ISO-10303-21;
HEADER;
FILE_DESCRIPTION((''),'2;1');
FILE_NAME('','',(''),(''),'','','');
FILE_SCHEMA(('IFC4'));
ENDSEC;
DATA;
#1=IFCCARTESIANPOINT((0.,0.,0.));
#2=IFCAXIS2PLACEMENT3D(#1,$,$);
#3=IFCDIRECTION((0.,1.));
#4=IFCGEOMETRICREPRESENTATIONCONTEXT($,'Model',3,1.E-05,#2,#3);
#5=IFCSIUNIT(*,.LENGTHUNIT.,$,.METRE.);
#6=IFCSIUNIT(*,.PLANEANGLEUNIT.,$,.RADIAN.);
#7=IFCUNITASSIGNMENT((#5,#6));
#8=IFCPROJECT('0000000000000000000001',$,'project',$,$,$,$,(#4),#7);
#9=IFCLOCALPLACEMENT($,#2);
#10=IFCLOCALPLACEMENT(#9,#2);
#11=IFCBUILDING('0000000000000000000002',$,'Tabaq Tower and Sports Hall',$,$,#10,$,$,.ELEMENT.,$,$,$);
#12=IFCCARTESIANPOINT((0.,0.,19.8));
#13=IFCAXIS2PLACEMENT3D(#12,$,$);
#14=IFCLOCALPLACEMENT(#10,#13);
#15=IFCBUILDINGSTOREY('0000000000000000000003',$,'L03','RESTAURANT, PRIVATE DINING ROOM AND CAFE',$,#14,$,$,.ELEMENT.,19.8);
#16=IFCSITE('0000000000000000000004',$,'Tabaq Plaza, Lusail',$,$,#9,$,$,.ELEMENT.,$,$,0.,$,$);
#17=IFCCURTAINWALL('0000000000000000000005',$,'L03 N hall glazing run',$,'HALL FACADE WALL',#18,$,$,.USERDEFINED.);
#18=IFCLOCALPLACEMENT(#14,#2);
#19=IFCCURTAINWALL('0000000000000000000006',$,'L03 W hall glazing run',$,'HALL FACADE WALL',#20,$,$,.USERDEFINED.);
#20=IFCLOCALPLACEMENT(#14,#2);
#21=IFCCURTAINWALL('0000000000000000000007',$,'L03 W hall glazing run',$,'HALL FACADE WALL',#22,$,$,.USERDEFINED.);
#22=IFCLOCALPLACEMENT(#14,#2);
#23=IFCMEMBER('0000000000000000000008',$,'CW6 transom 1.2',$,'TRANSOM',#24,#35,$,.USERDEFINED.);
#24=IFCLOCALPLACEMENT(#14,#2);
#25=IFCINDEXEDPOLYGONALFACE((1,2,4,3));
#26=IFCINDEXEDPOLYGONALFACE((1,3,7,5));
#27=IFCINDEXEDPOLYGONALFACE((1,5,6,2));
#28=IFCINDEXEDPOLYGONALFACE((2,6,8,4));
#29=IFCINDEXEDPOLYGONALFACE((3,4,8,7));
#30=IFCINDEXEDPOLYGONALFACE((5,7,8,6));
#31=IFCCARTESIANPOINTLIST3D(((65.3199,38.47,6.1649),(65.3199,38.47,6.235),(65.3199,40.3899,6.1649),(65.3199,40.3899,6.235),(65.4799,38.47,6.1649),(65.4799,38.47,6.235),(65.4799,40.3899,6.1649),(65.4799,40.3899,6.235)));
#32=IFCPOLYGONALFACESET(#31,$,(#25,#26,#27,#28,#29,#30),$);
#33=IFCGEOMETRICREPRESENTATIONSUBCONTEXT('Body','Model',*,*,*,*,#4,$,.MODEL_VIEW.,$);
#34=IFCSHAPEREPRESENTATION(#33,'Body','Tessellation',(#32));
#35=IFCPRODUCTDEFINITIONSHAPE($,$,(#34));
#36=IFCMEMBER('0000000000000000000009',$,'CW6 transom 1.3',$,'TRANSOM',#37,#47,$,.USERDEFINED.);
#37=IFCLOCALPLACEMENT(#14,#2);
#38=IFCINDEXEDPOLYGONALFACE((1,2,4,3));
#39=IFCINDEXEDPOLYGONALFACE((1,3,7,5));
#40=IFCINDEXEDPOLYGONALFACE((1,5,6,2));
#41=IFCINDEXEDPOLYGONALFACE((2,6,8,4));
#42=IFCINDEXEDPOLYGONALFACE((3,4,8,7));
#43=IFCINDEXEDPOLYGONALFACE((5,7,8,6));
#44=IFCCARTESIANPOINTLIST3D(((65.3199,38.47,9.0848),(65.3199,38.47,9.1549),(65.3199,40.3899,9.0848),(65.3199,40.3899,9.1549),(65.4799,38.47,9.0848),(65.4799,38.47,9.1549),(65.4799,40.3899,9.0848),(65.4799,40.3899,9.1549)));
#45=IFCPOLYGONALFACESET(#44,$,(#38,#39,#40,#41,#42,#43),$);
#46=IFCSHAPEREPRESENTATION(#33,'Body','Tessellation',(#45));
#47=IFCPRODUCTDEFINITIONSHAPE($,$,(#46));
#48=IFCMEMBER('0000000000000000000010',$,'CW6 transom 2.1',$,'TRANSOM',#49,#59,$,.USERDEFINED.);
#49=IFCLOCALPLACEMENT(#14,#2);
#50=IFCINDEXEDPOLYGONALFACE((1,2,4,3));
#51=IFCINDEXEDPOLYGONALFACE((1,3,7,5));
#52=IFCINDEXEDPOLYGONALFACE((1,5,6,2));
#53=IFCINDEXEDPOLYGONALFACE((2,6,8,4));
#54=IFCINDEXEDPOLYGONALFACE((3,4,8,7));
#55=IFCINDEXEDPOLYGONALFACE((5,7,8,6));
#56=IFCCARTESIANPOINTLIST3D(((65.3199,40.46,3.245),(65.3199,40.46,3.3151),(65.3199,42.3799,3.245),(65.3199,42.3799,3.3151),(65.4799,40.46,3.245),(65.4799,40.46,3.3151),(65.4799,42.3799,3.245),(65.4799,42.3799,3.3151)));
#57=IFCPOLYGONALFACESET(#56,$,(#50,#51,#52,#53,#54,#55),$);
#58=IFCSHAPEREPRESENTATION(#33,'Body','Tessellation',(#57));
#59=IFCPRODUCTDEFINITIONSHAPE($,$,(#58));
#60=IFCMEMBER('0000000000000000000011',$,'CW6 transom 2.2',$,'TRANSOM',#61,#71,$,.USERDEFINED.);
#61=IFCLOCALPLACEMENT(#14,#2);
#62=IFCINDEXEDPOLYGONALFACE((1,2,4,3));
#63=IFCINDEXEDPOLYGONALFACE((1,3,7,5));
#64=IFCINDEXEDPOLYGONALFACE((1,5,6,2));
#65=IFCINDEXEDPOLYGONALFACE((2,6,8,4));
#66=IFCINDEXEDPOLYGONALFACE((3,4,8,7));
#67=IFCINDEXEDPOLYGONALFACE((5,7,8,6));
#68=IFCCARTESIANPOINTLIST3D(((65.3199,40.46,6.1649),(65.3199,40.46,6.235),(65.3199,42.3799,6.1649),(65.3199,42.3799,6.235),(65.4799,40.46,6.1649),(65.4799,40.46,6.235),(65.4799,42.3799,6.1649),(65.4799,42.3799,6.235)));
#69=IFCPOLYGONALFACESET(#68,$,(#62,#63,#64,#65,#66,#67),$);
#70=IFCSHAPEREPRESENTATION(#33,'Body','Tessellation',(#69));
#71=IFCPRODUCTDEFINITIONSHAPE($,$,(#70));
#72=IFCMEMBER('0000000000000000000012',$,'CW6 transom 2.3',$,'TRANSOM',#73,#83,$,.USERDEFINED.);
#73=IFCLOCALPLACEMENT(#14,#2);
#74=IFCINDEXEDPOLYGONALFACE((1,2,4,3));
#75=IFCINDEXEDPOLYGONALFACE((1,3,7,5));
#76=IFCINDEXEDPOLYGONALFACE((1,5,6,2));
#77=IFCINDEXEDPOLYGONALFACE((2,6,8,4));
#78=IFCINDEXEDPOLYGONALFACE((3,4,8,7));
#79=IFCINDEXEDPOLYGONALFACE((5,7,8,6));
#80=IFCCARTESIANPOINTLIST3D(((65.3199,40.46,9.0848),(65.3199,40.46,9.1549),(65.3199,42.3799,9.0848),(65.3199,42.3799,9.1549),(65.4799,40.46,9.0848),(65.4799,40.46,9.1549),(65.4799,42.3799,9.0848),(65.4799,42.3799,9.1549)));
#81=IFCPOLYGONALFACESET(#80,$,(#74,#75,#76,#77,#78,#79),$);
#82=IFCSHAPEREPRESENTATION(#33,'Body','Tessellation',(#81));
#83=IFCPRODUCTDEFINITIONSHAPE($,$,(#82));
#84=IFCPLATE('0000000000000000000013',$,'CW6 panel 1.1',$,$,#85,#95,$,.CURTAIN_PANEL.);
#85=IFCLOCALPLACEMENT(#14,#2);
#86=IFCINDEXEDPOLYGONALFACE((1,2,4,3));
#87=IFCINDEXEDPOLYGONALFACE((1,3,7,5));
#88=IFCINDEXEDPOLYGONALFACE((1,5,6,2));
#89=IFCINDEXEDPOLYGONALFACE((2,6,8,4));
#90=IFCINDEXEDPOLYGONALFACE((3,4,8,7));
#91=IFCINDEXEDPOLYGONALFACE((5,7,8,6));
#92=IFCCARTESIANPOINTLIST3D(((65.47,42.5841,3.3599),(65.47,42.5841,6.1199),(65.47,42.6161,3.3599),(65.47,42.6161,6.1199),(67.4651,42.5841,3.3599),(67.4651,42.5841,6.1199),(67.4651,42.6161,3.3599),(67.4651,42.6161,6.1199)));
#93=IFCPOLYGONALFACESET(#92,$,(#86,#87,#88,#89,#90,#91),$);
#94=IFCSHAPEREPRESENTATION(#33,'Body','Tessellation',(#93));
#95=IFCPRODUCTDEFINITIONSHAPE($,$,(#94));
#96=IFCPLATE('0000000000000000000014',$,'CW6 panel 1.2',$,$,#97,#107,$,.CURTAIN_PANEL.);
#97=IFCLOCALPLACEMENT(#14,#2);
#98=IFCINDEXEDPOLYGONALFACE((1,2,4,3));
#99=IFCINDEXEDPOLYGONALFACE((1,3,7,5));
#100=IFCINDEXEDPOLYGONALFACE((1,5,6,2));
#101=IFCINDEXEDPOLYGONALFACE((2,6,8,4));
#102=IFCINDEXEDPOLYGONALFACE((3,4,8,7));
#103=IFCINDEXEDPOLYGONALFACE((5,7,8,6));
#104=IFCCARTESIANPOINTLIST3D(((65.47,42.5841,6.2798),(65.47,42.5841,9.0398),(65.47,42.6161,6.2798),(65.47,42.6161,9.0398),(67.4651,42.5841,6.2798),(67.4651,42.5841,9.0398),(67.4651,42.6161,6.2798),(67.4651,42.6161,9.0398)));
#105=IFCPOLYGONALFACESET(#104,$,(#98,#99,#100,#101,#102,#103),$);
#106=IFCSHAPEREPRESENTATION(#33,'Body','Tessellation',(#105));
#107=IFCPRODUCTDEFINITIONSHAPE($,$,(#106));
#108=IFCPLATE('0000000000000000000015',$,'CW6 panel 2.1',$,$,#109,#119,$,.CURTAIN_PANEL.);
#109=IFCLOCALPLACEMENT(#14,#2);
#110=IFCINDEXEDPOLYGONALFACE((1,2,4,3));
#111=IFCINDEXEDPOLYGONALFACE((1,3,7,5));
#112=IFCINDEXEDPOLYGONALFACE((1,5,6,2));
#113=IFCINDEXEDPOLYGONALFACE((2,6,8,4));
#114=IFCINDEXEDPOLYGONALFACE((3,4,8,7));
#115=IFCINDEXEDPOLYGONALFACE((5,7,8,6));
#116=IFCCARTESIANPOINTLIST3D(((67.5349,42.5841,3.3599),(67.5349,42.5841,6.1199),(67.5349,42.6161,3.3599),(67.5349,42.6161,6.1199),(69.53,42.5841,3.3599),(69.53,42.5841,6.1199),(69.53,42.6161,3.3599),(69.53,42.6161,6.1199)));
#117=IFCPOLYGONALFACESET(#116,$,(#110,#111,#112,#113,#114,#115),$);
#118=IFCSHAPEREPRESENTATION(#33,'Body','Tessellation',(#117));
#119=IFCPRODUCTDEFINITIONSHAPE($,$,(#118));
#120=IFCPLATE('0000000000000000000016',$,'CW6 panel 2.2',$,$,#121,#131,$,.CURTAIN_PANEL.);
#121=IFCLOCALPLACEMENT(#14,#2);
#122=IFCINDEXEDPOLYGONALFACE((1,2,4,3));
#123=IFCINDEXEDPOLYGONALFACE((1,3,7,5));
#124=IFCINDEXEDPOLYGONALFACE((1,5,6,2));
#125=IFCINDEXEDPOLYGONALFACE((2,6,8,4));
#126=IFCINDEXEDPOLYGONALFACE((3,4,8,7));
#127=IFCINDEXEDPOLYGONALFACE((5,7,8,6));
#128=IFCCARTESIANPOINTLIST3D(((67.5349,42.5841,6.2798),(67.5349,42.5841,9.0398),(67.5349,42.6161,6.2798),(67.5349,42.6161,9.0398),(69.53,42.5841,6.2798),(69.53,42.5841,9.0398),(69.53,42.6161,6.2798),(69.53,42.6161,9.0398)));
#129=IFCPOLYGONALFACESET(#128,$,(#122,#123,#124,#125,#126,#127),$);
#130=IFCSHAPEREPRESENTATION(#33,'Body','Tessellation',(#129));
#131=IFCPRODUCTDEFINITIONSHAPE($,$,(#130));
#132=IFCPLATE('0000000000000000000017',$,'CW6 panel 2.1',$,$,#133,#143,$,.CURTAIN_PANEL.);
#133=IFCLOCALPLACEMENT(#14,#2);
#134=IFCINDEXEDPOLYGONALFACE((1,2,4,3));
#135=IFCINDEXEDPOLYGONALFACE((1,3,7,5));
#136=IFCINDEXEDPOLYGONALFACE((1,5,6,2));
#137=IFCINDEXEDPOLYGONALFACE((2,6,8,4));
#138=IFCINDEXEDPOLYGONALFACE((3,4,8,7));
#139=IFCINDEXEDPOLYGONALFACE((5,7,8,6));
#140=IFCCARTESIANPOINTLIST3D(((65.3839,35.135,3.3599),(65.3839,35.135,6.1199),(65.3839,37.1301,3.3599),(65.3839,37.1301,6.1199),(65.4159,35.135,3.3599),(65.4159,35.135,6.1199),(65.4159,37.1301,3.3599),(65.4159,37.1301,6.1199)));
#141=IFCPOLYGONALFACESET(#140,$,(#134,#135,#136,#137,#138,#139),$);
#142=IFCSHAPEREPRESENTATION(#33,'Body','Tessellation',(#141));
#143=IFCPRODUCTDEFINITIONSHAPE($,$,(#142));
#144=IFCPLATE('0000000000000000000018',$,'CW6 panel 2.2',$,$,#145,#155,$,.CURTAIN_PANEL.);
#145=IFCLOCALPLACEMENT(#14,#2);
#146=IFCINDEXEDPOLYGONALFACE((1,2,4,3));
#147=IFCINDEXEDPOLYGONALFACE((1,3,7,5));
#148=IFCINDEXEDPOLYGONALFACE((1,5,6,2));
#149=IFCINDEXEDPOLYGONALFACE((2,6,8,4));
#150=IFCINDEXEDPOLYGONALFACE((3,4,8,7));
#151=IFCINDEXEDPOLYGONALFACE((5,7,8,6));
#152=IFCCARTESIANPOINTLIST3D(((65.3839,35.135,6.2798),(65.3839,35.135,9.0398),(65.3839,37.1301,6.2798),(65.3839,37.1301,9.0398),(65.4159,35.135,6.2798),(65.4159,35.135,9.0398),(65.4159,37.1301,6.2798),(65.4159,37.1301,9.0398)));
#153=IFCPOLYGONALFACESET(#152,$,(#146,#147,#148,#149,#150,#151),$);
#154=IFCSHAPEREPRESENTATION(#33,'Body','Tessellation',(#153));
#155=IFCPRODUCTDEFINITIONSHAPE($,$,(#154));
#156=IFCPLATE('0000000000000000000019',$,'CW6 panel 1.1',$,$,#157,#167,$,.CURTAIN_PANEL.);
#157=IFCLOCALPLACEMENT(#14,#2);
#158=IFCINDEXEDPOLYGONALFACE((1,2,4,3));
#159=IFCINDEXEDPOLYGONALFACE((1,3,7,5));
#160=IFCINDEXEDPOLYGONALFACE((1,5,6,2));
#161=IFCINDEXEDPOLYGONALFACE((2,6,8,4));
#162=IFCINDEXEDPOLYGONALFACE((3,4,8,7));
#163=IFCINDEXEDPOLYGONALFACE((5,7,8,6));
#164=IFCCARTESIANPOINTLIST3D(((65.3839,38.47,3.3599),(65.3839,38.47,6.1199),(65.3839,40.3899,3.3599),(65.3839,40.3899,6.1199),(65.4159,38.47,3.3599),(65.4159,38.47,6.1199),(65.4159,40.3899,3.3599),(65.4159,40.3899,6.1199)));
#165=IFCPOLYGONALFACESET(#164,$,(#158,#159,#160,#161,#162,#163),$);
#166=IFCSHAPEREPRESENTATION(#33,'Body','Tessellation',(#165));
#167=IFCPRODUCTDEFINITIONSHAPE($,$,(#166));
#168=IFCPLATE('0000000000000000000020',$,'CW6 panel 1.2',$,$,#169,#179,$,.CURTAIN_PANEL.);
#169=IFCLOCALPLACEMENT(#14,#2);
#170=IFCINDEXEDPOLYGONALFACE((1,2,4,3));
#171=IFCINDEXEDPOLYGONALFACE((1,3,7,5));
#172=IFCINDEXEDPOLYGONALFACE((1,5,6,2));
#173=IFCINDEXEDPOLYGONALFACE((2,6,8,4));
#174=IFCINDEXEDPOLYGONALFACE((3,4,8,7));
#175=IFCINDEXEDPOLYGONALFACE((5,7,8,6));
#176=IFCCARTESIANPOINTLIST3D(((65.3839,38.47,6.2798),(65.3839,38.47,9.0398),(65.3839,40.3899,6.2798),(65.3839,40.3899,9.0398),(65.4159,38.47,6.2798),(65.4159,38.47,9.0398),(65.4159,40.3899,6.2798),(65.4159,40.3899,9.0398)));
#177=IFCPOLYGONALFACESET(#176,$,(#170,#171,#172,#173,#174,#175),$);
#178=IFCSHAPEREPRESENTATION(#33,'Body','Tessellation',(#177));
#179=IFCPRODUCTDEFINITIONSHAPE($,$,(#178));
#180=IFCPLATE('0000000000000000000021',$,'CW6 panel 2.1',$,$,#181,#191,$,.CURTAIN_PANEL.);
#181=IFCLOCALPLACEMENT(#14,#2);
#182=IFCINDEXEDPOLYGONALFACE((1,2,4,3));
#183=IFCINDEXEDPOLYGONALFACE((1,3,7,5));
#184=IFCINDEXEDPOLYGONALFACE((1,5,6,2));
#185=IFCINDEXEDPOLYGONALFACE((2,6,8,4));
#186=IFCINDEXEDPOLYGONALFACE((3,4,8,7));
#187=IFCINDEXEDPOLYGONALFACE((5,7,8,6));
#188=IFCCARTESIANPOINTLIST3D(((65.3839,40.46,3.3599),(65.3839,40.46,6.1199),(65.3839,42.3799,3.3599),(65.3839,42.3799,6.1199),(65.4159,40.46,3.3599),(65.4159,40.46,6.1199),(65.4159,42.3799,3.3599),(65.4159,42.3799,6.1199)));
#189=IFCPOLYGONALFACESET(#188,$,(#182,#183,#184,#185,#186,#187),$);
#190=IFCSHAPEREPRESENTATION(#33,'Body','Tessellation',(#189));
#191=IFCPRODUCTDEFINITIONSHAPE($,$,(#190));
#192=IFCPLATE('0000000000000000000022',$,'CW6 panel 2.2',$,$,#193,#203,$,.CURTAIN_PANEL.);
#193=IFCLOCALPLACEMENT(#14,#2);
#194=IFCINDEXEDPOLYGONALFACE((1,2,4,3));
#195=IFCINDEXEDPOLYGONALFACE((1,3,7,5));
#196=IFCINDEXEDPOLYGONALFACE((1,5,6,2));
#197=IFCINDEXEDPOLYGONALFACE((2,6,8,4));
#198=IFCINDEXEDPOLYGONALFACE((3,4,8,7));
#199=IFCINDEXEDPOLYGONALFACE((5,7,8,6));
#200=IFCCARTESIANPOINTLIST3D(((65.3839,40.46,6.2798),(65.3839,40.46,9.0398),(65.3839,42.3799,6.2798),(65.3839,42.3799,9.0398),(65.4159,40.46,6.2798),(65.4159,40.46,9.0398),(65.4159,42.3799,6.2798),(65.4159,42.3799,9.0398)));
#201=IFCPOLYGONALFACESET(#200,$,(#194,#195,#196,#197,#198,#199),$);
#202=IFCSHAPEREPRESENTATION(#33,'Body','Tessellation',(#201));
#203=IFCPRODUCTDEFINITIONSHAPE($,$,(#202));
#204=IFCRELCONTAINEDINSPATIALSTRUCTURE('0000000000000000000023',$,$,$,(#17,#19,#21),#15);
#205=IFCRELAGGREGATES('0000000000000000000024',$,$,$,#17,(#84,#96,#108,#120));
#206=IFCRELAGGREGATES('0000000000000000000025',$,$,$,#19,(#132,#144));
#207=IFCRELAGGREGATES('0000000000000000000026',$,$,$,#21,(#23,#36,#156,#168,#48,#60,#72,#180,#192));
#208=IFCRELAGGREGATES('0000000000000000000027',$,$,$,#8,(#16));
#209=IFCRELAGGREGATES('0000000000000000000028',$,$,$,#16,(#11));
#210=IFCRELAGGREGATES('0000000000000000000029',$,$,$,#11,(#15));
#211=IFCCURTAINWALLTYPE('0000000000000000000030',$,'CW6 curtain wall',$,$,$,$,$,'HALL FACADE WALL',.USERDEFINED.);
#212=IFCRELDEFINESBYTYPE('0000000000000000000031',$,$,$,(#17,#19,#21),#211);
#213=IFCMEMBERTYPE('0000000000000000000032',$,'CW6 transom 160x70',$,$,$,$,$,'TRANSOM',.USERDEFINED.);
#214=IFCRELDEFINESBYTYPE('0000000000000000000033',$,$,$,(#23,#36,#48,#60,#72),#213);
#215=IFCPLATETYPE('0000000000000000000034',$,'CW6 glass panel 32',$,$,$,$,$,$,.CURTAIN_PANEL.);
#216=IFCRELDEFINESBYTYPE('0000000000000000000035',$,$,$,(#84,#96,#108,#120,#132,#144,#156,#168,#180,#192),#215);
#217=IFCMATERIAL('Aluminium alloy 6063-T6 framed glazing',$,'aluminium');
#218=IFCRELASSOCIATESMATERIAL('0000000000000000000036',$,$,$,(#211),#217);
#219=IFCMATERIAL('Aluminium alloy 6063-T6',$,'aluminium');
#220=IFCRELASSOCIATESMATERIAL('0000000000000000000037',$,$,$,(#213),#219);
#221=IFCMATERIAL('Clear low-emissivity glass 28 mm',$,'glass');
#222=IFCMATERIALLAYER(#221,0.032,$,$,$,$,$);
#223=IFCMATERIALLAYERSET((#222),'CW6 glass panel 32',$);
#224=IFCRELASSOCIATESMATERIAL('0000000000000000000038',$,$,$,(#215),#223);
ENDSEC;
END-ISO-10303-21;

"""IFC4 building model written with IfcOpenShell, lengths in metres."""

from ifc_helpers import new_model, si_unit, direction, frame, origin, origin_2d, place, context, subcontext, project, spatial, rectangle, extrude, material, layer, layer_set, material_profile, profile_set, type_object, element, aggregate, save


model = new_model("IFC4")

# Units and contexts
model_context = context("Model", 3, precision=1e-05, world=origin(), true_north=direction((0.0, 1.0)))
body_context = subcontext(model_context, "Body", "Model", "MODEL_VIEW")
ifc_project = project(units=[si_unit("LENGTHUNIT", "METRE"), si_unit("PLANEANGLEUNIT", "RADIAN")], contexts=[model_context])

# Site, building, storey
site_placement = place(None, origin())
site = spatial("IfcSite", under=ifc_project, at=site_placement, Name="Tabaq Plaza, Lusail", CompositionType="ELEMENT", RefElevation=0.0)
building_placement = place(site_placement, origin())
building = spatial("IfcBuilding", under=site, at=building_placement, Name="Tabaq Tower and Sports Hall", CompositionType="ELEMENT")
storey_placement = place(building_placement, frame((0.0, 0.0, 19.8)))
storey = spatial("IfcBuildingStorey", under=building, at=storey_placement, Name="L03", Description="RESTAURANT, PRIVATE DINING ROOM AND CAFE", CompositionType="ELEMENT", Elevation=19.8)

# Curtain wall
ifc_material_1 = material(Name="Aluminium alloy 6063-T6 framed glazing", Category="aluminium")
curtain_wall_type = type_object("IfcCurtainWallType", Name="CW6 curtain wall", ElementType="HALL FACADE WALL", PredefinedType="USERDEFINED", material=ifc_material_1)
curtain_wall_1_placement = place(storey_placement, origin())
curtain_wall_1 = element("IfcCurtainWall", 1, at=curtain_wall_1_placement, inside=storey, type_object=curtain_wall_type, Name="L03 N hall glazing run", ObjectType="HALL FACADE WALL", PredefinedType="USERDEFINED")

# Curtain wall
curtain_wall_2_placement = place(storey_placement, origin())
curtain_wall_2 = element("IfcCurtainWall", 2, at=curtain_wall_2_placement, inside=storey, type_object=curtain_wall_type, Name="L03 W hall glazing run", ObjectType="HALL FACADE WALL", PredefinedType="USERDEFINED")

# Curtain wall
curtain_wall_3_placement = place(storey_placement, origin())
curtain_wall_3 = element("IfcCurtainWall", 3, at=curtain_wall_3_placement, inside=storey, type_object=curtain_wall_type, Name="L03 W hall glazing run", ObjectType="HALL FACADE WALL", PredefinedType="USERDEFINED")

# Members
ifc_material_2 = material(Name="Aluminium alloy 6063-T6", Category="aluminium")
ifc_material_profile_1 = material_profile(ifc_material_2, rectangle(XDim=0.1599, YDim=0.0701, at=origin_2d()), Name="TRANSOM 160x70")
ifc_profile_set_1 = profile_set([ifc_material_profile_1], Name="Aluminium alloy 6063-T6")
member_type_1 = type_object("IfcMemberType", Name="CW6 transom 160x70", ElementType="TRANSOM", PredefinedType="USERDEFINED", material=ifc_profile_set_1)
member_1_placement = place(storey_placement, frame((65.3999, 38.47, 6.2), z_axis=(0.0, 1.0, 0.0), x_axis=(-1.0, 0.0, 0.0)))
member_1 = element("IfcMember", 4, at=member_1_placement, type_object=member_type_1, Name="CW6 transom 1.2", ObjectType="TRANSOM", PredefinedType="USERDEFINED", context=body_context, shape_type="SweptSolid", body=[
    extrude(rectangle(XDim=0.1599, YDim=0.0701, at=origin_2d()), origin(), (0.0, 0.0, 1.0), 1.9199),
])
member_2_placement = place(storey_placement, frame((65.3999, 38.47, 9.1199), z_axis=(0.0, 1.0, 0.0), x_axis=(-1.0, 0.0, 0.0)))
member_2 = element("IfcMember", 5, at=member_2_placement, type_object=member_type_1, Name="CW6 transom 1.3", ObjectType="TRANSOM", PredefinedType="USERDEFINED", context=body_context, shape_type="SweptSolid", body=[
    extrude(rectangle(XDim=0.1599, YDim=0.0701, at=origin_2d()), origin(), (0.0, 0.0, 1.0), 1.9199),
])
member_3_placement = place(storey_placement, frame((65.3999, 40.46, 3.28), z_axis=(0.0, 1.0, 0.0), x_axis=(-1.0, 0.0, 0.0)))
member_3 = element("IfcMember", 6, at=member_3_placement, type_object=member_type_1, Name="CW6 transom 2.1", ObjectType="TRANSOM", PredefinedType="USERDEFINED", context=body_context, shape_type="SweptSolid", body=[
    extrude(rectangle(XDim=0.1599, YDim=0.0701, at=origin_2d()), origin(), (0.0, 0.0, 1.0), 1.9199),
])
member_4_placement = place(storey_placement, frame((65.3999, 40.46, 6.2), z_axis=(0.0, 1.0, 0.0), x_axis=(-1.0, 0.0, 0.0)))
member_4 = element("IfcMember", 7, at=member_4_placement, type_object=member_type_1, Name="CW6 transom 2.2", ObjectType="TRANSOM", PredefinedType="USERDEFINED", context=body_context, shape_type="SweptSolid", body=[
    extrude(rectangle(XDim=0.1599, YDim=0.0701, at=origin_2d()), origin(), (0.0, 0.0, 1.0), 1.9199),
])
member_5_placement = place(storey_placement, frame((65.3999, 40.46, 9.1199), z_axis=(0.0, 1.0, 0.0), x_axis=(-1.0, 0.0, 0.0)))
member_5 = element("IfcMember", 8, at=member_5_placement, type_object=member_type_1, Name="CW6 transom 2.3", ObjectType="TRANSOM", PredefinedType="USERDEFINED", context=body_context, shape_type="SweptSolid", body=[
    extrude(rectangle(XDim=0.1599, YDim=0.0701, at=origin_2d()), origin(), (0.0, 0.0, 1.0), 1.9199),
])

# Plates
ifc_material_3 = material(Name="Clear low-emissivity glass 28 mm", Category="glass")
ifc_layer_1 = layer(ifc_material_3, 0.032)
ifc_layer_set_1 = layer_set([ifc_layer_1], Name="CW6 glass panel 32")
plate_type = type_object("IfcPlateType", Name="CW6 glass panel 32", PredefinedType="CURTAIN_PANEL", material=ifc_layer_set_1)
plate_1_placement = place(storey_placement, frame((66.4675, 42.6001, 3.3599), z_axis=(0.0, 0.0, 1.0), x_axis=(1.0, 0.0, 0.0)))
plate_1 = element("IfcPlate", 9, at=plate_1_placement, type_object=plate_type, Name="CW6 panel 1.1", PredefinedType="CURTAIN_PANEL", context=body_context, shape_type="SweptSolid", body=[
    extrude(rectangle(XDim=1.9951, YDim=0.032, at=origin_2d()), origin(), (0.0, 0.0, 1.0), 2.76),
])
plate_2_placement = place(storey_placement, frame((66.4675, 42.6001, 6.2798), z_axis=(0.0, 0.0, 1.0), x_axis=(1.0, 0.0, 0.0)))
plate_2 = element("IfcPlate", 10, at=plate_2_placement, type_object=plate_type, Name="CW6 panel 1.2", PredefinedType="CURTAIN_PANEL", context=body_context, shape_type="SweptSolid", body=[
    extrude(rectangle(XDim=1.9951, YDim=0.032, at=origin_2d()), origin(), (0.0, 0.0, 1.0), 2.76),
])
plate_3_placement = place(storey_placement, frame((68.5325, 42.6001, 3.3599), z_axis=(0.0, 0.0, 1.0), x_axis=(1.0, 0.0, 0.0)))
plate_3 = element("IfcPlate", 11, at=plate_3_placement, type_object=plate_type, Name="CW6 panel 2.1", PredefinedType="CURTAIN_PANEL", context=body_context, shape_type="SweptSolid", body=[
    extrude(rectangle(XDim=1.9951, YDim=0.032, at=origin_2d()), origin(), (0.0, 0.0, 1.0), 2.76),
])
plate_4_placement = place(storey_placement, frame((68.5325, 42.6001, 6.2798), z_axis=(0.0, 0.0, 1.0), x_axis=(1.0, 0.0, 0.0)))
plate_4 = element("IfcPlate", 12, at=plate_4_placement, type_object=plate_type, Name="CW6 panel 2.2", PredefinedType="CURTAIN_PANEL", context=body_context, shape_type="SweptSolid", body=[
    extrude(rectangle(XDim=1.9951, YDim=0.032, at=origin_2d()), origin(), (0.0, 0.0, 1.0), 2.76),
])
aggregate(curtain_wall_1, [plate_1, plate_2, plate_3, plate_4])
plate_5_placement = place(storey_placement, frame((65.3999, 36.1326, 3.3599), z_axis=(0.0, 0.0, 1.0), x_axis=(0.0, 1.0, 0.0)))
plate_5 = element("IfcPlate", 13, at=plate_5_placement, type_object=plate_type, Name="CW6 panel 2.1", PredefinedType="CURTAIN_PANEL", context=body_context, shape_type="SweptSolid", body=[
    extrude(rectangle(XDim=1.9951, YDim=0.032, at=origin_2d()), origin(), (0.0, 0.0, 1.0), 2.76),
])
plate_6_placement = place(storey_placement, frame((65.3999, 36.1326, 6.2798), z_axis=(0.0, 0.0, 1.0), x_axis=(0.0, 1.0, 0.0)))
plate_6 = element("IfcPlate", 14, at=plate_6_placement, type_object=plate_type, Name="CW6 panel 2.2", PredefinedType="CURTAIN_PANEL", context=body_context, shape_type="SweptSolid", body=[
    extrude(rectangle(XDim=1.9951, YDim=0.032, at=origin_2d()), origin(), (0.0, 0.0, 1.0), 2.76),
])
aggregate(curtain_wall_2, [plate_5, plate_6])
plate_7_placement = place(storey_placement, frame((65.3999, 39.4299, 3.3599), z_axis=(0.0, 0.0, 1.0), x_axis=(0.0, 1.0, 0.0)))
plate_7 = element("IfcPlate", 15, at=plate_7_placement, type_object=plate_type, Name="CW6 panel 1.1", PredefinedType="CURTAIN_PANEL", context=body_context, shape_type="SweptSolid", body=[
    extrude(rectangle(XDim=1.9199, YDim=0.032, at=origin_2d()), origin(), (0.0, 0.0, 1.0), 2.76),
])
plate_8_placement = place(storey_placement, frame((65.3999, 39.4299, 6.2798), z_axis=(0.0, 0.0, 1.0), x_axis=(0.0, 1.0, 0.0)))
plate_8 = element("IfcPlate", 16, at=plate_8_placement, type_object=plate_type, Name="CW6 panel 1.2", PredefinedType="CURTAIN_PANEL", context=body_context, shape_type="SweptSolid", body=[
    extrude(rectangle(XDim=1.9199, YDim=0.032, at=origin_2d()), origin(), (0.0, 0.0, 1.0), 2.76),
])
plate_9_placement = place(storey_placement, frame((65.3999, 41.4199, 3.3599), z_axis=(0.0, 0.0, 1.0), x_axis=(0.0, 1.0, 0.0)))
plate_9 = element("IfcPlate", 17, at=plate_9_placement, type_object=plate_type, Name="CW6 panel 2.1", PredefinedType="CURTAIN_PANEL", context=body_context, shape_type="SweptSolid", body=[
    extrude(rectangle(XDim=1.9199, YDim=0.032, at=origin_2d()), origin(), (0.0, 0.0, 1.0), 2.76),
])
plate_10_placement = place(storey_placement, frame((65.3999, 41.4199, 6.2798), z_axis=(0.0, 0.0, 1.0), x_axis=(0.0, 1.0, 0.0)))
plate_10 = element("IfcPlate", 18, at=plate_10_placement, type_object=plate_type, Name="CW6 panel 2.2", PredefinedType="CURTAIN_PANEL", context=body_context, shape_type="SweptSolid", body=[
    extrude(rectangle(XDim=1.9199, YDim=0.032, at=origin_2d()), origin(), (0.0, 0.0, 1.0), 2.76),
])
aggregate(curtain_wall_3, [member_1, member_2, plate_7, plate_8, member_3, member_4, member_5, plate_9, plate_10])

save(model, "model.ifc")
